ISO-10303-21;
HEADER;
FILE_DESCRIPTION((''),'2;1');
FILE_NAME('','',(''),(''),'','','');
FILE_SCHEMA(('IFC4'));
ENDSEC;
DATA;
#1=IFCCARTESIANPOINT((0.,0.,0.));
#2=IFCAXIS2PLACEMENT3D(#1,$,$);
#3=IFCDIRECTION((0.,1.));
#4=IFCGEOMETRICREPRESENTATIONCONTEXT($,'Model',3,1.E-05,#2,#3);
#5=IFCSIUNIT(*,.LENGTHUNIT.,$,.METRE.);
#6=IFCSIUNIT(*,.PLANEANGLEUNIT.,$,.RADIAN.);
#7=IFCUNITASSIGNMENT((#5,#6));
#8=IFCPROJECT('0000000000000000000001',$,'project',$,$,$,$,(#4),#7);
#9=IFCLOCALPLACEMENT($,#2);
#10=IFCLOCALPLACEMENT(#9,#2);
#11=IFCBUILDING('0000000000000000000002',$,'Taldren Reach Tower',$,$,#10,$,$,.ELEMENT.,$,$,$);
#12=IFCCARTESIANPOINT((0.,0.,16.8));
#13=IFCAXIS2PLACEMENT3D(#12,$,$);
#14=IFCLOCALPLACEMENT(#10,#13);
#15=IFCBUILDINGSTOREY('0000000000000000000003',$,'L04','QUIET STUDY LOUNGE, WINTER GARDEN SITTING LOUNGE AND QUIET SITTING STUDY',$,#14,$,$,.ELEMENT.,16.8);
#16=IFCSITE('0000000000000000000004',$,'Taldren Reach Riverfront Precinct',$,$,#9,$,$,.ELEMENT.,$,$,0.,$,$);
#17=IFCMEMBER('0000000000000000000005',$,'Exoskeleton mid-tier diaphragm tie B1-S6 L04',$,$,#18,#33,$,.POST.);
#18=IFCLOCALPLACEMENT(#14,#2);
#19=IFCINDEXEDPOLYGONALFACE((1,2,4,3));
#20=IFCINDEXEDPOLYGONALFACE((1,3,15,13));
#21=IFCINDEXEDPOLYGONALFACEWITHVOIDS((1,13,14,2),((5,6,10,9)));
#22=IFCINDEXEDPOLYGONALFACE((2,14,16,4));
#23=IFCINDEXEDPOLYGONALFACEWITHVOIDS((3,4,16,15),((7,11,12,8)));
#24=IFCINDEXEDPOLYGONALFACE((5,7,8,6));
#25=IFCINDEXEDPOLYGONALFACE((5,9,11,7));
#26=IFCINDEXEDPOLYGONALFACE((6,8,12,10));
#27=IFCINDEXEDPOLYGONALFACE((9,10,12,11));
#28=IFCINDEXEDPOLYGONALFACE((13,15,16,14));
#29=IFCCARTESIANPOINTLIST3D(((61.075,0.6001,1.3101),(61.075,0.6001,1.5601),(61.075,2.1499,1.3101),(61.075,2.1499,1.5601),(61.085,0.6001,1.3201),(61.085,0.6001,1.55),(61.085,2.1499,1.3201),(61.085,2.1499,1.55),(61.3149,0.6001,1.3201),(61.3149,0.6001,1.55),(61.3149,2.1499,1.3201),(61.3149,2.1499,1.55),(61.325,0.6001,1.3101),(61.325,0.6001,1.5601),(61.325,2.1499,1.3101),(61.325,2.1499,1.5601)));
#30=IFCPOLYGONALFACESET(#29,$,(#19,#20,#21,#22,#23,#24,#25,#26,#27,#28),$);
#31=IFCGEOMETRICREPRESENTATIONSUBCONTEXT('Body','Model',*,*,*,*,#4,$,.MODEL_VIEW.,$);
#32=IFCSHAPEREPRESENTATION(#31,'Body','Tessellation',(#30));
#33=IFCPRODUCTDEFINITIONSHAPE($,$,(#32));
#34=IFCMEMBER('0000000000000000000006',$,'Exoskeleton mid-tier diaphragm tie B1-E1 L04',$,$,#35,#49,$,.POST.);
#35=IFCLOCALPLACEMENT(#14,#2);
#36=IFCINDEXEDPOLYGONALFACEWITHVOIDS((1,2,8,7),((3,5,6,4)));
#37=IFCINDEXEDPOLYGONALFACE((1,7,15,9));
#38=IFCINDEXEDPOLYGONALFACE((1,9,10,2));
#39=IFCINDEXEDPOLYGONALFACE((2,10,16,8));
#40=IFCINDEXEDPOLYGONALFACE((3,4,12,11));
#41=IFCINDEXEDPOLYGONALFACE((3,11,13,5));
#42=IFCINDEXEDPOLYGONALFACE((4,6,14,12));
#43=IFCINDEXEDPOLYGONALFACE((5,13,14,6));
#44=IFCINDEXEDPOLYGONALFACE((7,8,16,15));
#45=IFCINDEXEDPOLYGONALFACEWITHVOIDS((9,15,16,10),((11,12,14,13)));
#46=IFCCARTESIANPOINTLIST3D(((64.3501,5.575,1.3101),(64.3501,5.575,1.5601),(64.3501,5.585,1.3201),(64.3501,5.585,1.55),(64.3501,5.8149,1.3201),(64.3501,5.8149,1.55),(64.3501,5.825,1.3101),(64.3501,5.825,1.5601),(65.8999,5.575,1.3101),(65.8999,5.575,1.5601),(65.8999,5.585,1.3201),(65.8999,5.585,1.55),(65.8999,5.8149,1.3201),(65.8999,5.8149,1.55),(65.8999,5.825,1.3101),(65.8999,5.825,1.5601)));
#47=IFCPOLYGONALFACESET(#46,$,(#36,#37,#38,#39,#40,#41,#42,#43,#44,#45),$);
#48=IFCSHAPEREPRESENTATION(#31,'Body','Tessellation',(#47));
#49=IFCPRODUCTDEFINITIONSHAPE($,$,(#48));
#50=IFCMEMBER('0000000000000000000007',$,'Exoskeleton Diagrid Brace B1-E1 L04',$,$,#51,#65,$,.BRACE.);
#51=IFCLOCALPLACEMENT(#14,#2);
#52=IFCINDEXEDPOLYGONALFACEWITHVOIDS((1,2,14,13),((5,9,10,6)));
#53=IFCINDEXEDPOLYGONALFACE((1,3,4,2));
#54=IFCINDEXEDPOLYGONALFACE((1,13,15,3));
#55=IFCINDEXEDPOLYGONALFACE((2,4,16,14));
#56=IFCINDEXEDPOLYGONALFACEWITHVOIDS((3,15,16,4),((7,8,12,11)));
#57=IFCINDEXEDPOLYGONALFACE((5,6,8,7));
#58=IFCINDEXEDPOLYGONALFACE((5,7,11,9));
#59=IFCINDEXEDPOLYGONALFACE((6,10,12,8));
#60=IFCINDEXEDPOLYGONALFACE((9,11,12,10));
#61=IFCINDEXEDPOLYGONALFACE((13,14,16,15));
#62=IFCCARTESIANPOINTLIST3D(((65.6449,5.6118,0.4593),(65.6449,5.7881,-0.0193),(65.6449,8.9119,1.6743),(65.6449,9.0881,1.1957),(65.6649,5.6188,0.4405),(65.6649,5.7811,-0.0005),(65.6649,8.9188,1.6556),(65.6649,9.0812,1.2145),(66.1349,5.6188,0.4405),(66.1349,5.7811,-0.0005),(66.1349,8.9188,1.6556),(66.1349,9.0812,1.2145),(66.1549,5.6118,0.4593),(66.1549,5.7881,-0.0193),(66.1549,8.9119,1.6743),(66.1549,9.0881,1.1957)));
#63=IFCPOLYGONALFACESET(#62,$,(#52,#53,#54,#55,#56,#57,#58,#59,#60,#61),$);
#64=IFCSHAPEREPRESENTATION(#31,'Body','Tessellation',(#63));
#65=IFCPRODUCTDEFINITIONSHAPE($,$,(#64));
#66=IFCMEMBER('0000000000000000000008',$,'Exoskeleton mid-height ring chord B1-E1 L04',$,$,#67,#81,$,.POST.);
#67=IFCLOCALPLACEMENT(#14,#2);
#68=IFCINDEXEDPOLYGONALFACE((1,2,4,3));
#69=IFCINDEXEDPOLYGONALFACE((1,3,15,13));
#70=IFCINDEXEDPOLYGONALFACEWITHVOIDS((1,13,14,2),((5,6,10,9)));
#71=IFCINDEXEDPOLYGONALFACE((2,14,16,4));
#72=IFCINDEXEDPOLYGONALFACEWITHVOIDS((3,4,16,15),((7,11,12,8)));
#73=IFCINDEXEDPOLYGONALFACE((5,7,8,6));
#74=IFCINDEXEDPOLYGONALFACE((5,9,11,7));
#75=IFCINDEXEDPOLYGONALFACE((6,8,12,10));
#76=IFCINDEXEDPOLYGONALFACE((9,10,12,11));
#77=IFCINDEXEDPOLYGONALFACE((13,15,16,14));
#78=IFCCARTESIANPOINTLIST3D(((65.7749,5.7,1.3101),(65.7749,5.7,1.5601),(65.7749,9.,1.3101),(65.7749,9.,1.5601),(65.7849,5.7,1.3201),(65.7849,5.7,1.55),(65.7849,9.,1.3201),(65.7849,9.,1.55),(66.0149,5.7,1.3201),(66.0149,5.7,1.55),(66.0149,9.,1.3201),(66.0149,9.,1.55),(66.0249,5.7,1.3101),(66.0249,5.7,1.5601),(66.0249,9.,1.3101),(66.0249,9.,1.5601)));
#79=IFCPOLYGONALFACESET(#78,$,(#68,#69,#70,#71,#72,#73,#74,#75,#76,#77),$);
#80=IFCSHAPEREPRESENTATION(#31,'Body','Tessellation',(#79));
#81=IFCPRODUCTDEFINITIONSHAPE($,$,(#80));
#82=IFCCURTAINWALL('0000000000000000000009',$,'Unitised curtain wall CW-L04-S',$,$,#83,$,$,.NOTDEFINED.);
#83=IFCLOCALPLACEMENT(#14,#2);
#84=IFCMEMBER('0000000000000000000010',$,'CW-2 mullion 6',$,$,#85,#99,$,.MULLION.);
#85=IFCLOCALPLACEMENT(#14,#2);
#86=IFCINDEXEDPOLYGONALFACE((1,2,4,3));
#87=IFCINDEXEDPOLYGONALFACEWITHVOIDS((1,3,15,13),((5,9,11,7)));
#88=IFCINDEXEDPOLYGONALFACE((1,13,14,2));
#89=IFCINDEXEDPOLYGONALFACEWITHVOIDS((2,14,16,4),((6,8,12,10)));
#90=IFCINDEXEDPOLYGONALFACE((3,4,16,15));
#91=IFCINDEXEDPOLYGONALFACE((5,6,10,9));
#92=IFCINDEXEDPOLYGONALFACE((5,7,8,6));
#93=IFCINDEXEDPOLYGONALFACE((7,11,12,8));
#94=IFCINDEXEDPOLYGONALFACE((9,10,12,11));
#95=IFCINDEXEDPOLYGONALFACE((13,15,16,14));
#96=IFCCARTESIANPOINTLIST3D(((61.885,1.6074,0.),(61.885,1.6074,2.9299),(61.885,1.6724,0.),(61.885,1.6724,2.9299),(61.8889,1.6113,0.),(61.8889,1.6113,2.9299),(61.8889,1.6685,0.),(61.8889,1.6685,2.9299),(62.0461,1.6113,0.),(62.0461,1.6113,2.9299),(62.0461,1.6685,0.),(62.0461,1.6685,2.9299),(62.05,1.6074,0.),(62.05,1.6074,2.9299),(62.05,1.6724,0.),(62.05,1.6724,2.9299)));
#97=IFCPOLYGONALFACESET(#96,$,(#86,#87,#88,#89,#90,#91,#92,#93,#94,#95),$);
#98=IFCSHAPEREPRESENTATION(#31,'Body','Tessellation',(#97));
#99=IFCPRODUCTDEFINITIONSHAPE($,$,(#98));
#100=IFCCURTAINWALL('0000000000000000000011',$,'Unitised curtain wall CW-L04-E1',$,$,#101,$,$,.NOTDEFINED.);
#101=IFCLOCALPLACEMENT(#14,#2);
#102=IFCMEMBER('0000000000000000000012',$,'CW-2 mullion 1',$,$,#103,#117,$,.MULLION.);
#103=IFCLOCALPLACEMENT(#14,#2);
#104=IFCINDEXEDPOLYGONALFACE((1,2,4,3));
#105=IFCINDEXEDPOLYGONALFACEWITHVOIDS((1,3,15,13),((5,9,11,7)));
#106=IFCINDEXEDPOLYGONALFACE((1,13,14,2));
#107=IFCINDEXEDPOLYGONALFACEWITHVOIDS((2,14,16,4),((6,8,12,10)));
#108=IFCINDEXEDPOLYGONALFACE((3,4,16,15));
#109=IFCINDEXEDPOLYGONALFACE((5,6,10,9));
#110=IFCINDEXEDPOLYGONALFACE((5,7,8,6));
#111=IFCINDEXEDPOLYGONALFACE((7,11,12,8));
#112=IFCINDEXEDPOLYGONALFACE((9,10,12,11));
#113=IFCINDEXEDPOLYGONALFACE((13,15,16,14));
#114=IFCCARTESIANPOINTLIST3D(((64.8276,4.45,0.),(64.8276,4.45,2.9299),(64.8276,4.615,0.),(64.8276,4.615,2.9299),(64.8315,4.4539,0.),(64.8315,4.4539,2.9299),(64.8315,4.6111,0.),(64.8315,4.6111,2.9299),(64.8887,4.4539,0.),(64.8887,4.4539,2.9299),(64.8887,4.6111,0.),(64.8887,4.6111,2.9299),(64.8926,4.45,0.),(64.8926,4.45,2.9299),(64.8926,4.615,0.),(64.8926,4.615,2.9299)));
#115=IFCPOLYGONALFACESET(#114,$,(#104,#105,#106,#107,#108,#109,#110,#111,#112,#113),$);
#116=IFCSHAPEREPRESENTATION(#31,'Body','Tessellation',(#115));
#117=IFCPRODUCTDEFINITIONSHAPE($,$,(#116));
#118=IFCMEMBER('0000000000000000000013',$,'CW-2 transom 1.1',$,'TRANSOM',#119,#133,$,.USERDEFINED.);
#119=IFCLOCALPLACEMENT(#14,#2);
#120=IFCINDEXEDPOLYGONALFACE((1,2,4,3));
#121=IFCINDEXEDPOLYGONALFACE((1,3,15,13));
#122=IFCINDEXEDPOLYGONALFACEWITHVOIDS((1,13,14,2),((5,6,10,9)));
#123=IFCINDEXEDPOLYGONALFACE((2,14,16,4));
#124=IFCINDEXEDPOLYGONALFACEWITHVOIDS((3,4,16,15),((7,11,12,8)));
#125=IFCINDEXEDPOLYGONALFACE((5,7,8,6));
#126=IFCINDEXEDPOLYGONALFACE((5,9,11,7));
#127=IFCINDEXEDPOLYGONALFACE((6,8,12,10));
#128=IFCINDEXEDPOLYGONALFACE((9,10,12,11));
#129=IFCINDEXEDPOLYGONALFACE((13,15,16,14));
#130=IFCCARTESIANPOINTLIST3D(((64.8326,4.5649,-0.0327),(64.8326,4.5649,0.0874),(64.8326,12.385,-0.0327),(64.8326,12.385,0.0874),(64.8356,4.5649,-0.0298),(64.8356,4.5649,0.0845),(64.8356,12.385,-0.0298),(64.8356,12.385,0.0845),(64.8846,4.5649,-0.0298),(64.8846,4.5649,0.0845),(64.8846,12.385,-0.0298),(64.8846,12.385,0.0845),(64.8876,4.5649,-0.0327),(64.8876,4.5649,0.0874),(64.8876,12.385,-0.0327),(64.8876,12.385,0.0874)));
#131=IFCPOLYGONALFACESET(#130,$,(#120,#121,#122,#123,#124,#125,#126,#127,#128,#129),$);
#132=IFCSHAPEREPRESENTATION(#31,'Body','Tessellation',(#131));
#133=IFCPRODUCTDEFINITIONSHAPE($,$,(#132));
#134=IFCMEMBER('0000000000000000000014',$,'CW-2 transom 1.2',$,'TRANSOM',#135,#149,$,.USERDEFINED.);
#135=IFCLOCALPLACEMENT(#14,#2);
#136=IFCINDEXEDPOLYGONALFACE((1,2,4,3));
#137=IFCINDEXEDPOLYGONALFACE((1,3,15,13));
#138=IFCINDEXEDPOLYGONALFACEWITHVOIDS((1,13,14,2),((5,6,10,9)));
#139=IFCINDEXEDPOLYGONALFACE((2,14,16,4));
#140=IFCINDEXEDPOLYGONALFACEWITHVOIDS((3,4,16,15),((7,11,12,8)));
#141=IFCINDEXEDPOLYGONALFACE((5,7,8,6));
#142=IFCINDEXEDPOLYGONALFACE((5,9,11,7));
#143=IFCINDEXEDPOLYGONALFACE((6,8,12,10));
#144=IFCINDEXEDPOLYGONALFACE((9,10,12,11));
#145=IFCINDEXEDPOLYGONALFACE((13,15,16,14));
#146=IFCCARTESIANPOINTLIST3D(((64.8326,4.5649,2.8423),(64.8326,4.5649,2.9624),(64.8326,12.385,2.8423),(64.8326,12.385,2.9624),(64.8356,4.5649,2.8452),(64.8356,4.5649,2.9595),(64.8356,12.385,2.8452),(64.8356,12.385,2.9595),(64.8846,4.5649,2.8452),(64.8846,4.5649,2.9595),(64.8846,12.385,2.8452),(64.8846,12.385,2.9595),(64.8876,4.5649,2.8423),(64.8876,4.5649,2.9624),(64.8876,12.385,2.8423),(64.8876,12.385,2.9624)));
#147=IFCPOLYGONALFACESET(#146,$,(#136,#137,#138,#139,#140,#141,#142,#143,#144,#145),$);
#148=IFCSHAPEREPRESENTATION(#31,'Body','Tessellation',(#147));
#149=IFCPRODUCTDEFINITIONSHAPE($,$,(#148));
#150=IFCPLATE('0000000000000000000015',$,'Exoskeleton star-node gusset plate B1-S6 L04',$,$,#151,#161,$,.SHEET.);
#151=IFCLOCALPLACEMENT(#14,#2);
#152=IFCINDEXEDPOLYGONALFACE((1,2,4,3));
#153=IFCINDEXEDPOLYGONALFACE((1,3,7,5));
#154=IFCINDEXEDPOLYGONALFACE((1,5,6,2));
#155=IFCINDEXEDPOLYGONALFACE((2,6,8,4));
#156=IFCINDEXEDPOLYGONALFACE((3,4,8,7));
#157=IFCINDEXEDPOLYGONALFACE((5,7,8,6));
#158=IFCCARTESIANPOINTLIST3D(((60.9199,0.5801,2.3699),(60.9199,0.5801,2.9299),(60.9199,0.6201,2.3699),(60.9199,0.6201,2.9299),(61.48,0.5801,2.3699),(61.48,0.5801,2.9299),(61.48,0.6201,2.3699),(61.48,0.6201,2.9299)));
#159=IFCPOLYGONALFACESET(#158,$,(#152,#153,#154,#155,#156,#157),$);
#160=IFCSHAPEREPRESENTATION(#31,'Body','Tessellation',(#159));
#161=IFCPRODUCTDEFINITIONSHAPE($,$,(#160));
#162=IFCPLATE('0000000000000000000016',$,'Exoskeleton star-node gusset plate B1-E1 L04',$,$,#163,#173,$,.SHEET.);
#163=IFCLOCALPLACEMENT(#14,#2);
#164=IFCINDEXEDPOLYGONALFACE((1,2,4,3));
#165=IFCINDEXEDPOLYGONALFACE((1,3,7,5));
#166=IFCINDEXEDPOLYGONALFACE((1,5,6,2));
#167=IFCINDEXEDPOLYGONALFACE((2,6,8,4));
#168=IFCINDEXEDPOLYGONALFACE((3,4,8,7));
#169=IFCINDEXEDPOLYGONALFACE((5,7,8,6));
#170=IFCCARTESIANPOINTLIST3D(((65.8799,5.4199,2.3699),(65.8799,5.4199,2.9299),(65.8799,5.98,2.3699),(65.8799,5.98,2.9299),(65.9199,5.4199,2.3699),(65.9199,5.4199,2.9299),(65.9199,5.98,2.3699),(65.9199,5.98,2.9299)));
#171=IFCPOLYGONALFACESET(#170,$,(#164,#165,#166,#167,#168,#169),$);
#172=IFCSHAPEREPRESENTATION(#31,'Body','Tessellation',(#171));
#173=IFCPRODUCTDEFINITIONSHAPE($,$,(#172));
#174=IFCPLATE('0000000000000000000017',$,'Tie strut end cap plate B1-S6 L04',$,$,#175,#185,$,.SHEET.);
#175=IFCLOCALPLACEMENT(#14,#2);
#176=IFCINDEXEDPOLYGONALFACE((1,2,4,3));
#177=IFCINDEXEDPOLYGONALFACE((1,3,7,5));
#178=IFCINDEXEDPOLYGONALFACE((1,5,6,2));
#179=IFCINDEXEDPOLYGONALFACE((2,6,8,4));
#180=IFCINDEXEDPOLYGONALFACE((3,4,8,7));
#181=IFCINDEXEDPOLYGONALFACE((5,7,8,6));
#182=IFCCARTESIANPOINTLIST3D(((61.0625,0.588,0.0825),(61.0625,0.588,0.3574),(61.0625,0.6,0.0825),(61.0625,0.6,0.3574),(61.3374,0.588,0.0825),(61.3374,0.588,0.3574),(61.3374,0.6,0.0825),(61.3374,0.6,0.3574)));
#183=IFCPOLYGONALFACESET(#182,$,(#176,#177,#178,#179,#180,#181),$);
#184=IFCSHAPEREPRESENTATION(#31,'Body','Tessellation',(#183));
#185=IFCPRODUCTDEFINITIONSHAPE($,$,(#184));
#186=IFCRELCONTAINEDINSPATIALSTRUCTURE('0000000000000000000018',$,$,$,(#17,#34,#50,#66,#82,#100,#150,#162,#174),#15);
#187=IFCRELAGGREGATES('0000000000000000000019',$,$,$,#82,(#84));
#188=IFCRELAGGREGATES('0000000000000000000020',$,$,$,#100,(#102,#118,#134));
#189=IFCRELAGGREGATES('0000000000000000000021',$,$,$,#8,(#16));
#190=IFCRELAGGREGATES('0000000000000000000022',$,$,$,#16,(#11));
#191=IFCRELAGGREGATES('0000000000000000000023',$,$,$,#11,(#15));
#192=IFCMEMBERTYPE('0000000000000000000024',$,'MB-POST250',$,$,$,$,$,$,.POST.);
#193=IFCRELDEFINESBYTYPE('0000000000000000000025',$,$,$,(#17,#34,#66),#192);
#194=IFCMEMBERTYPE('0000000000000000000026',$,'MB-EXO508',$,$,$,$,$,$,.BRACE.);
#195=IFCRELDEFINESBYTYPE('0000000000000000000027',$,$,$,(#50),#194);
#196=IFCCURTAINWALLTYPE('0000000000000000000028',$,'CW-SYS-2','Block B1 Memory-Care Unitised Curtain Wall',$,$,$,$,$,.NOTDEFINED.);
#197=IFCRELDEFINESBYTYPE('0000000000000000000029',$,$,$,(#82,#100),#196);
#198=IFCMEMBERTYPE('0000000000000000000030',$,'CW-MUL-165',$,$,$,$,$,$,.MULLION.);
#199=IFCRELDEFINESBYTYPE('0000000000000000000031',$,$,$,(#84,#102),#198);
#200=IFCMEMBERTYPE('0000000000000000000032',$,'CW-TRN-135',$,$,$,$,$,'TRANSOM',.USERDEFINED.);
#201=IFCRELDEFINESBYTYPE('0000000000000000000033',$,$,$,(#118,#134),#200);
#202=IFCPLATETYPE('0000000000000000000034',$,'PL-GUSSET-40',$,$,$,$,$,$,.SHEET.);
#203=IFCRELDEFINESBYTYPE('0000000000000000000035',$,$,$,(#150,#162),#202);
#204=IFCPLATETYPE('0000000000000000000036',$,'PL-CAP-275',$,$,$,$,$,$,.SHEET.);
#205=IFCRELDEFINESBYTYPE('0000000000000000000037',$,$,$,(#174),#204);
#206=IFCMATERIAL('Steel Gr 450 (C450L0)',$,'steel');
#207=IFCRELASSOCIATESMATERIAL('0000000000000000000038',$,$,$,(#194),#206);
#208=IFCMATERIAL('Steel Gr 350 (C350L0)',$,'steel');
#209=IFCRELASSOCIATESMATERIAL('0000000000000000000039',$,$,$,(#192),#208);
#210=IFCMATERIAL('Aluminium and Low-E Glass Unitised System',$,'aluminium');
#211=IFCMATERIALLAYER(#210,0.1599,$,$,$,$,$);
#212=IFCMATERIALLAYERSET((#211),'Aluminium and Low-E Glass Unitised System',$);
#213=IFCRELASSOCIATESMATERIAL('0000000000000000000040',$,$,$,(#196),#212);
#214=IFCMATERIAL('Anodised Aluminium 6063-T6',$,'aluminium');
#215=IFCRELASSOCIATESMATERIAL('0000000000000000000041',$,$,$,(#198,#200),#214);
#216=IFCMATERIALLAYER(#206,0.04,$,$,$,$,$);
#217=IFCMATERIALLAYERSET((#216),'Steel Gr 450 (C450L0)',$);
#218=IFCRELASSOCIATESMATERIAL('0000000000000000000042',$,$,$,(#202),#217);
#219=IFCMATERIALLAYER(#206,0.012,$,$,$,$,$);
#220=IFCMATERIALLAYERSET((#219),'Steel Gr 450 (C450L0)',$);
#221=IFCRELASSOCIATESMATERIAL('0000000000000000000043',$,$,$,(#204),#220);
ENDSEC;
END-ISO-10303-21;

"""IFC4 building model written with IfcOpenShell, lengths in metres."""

from ifc_helpers import new_model, si_unit, direction, frame, origin, origin_2d, place, context, subcontext, project, spatial, rectangle, hollow_rectangle, extrude, source, transform, mapped, material, layer, layer_set, material_profile, profile_set, type_object, element, aggregate, save


model = new_model("IFC4")

# Units and contexts
model_context = context("Model", 3, precision=1e-05, world=origin(), true_north=direction((0.0, 1.0)))
body_context = subcontext(model_context, "Body", "Model", "MODEL_VIEW")
ifc_project = project(units=[si_unit("LENGTHUNIT", "METRE"), si_unit("PLANEANGLEUNIT", "RADIAN")], contexts=[model_context])

# Site, building, storey
site_placement = place(None, origin())
site = spatial("IfcSite", under=ifc_project, at=site_placement, Name="Taldren Reach Riverfront Precinct", CompositionType="ELEMENT", RefElevation=0.0)
building_placement = place(site_placement, origin())
building = spatial("IfcBuilding", under=site, at=building_placement, Name="Taldren Reach Tower", CompositionType="ELEMENT")
storey_placement = place(building_placement, frame((0.0, 0.0, 16.8)))
storey = spatial("IfcBuildingStorey", under=building, at=storey_placement, Name="L04", Description="QUIET STUDY LOUNGE, WINTER GARDEN SITTING LOUNGE AND QUIET SITTING STUDY", CompositionType="ELEMENT", Elevation=16.8)

# Members
ifc_material_1 = material(Name="Steel Gr 450 (C450L0)", Category="steel")
ifc_material_profile_1 = material_profile(ifc_material_1, hollow_rectangle(XDim=0.51, YDim=0.51, WallThickness=0.02, at=origin_2d()), Name="510x510x20.0SHS")
ifc_profile_set_1 = profile_set([ifc_material_profile_1], Name="Steel Gr 450 (C450L0)")
member_type_1 = type_object("IfcMemberType", Name="MB-EXO508", PredefinedType="BRACE", material=ifc_profile_set_1)
ifc_material_2 = material(Name="Steel Gr 350 (C350L0)", Category="steel")
ifc_material_profile_2 = material_profile(ifc_material_2, hollow_rectangle(XDim=0.25, YDim=0.25, WallThickness=0.01, at=origin_2d()), Name="250x250x10.0SHS")
ifc_profile_set_2 = profile_set([ifc_material_profile_2], Name="Steel Gr 350 (C350L0)")
member_type_2 = type_object("IfcMemberType", Name="MB-POST250", PredefinedType="POST", material=ifc_profile_set_2)
shared_shape_1 = source(origin(), body_context, "Body", "SweptSolid", [
    extrude(hollow_rectangle(XDim=0.25, YDim=0.25, WallThickness=0.01, at=origin_2d()), origin(), (0.0, 0.0, 1.0), 1.5498),
])
for number, where, z_axis, x_axis, name in (
    (1, (61.2, 2.1499, 1.4351), (0.0, -1.0, 0.0), (1.0, 0.0, 0.0), "Exoskeleton mid-tier diaphragm tie B1-S6 L04"),
    (2, (64.3501, 5.7, 1.4351), (1.0, 0.0, 0.0), (0.0, 1.0, 0.0), "Exoskeleton mid-tier diaphragm tie B1-E1 L04"),
):
    element("IfcMember", number, at=place(storey_placement, frame(where, z_axis=z_axis, x_axis=x_axis)), inside=storey, type_object=member_type_2, Name=name, PredefinedType="POST", context=body_context, shape_type="MappedRepresentation", body=[
        mapped(shared_shape_1, transform((0.0, 0.0, 0.0), scale=1.0)),
    ])
shared_shape_2 = source(origin(), body_context, "Body", "SweptSolid", [
    extrude(hollow_rectangle(XDim=0.51, YDim=0.51, WallThickness=0.02, at=origin_2d()), origin(), (0.0, 0.0, 1.0), 3.5166),
])
member_1_placement = place(storey_placement, frame((65.8999, 5.7, 0.22), z_axis=(0.0, 0.938409, 0.345525), x_axis=(-1.0, 0.0, 0.0)))
element("IfcMember", 3, at=member_1_placement, inside=storey, type_object=member_type_1, Name="Exoskeleton Diagrid Brace B1-E1 L04", PredefinedType="BRACE", context=body_context, shape_type="MappedRepresentation", body=[
    mapped(shared_shape_2, transform((0.0, 0.0, 0.0), scale=1.0)),
])
shared_shape_3 = source(origin(), body_context, "Body", "SweptSolid", [
    extrude(hollow_rectangle(XDim=0.25, YDim=0.25, WallThickness=0.01, at=origin_2d()), origin(), (0.0, 0.0, 1.0), 3.3),
])
member_2_placement = place(storey_placement, frame((65.8999, 5.7, 1.4351), z_axis=(0.0, 1.0, 0.0), x_axis=(-1.0, 0.0, 0.0)))
element("IfcMember", 4, at=member_2_placement, inside=storey, type_object=member_type_2, Name="Exoskeleton mid-height ring chord B1-E1 L04", PredefinedType="POST", context=body_context, shape_type="MappedRepresentation", body=[
    mapped(shared_shape_3, transform((0.0, 0.0, 0.0), scale=1.0)),
])

# Curtain wall, member
ifc_material_3 = material(Name="Aluminium and Low-E Glass Unitised System", Category="aluminium")
ifc_layer_1 = layer(ifc_material_3, 0.1599)
ifc_layer_set_1 = layer_set([ifc_layer_1], Name="Aluminium and Low-E Glass Unitised System")
curtain_wall_type = type_object("IfcCurtainWallType", Name="CW-SYS-2", Description="Block B1 Memory-Care Unitised Curtain Wall", PredefinedType="NOTDEFINED", material=ifc_layer_set_1)
curtain_wall_1_placement = place(storey_placement, origin())
curtain_wall_1 = element("IfcCurtainWall", 5, at=curtain_wall_1_placement, inside=storey, type_object=curtain_wall_type, Name="Unitised curtain wall CW-L04-S", PredefinedType="NOTDEFINED")
ifc_material_4 = material(Name="Anodised Aluminium 6063-T6", Category="aluminium")
ifc_material_profile_3 = material_profile(ifc_material_4, hollow_rectangle(XDim=0.0649, YDim=0.165, WallThickness=0.0039, at=origin_2d()), Name="ALU-165x65x4RHS")
ifc_profile_set_3 = profile_set([ifc_material_profile_3], Name="Anodised Aluminium 6063-T6")
member_type_3 = type_object("IfcMemberType", Name="CW-MUL-165", PredefinedType="MULLION", material=ifc_profile_set_3)
shared_shape_4 = source(origin(), body_context, "Body", "SweptSolid", [
    extrude(hollow_rectangle(XDim=0.0649, YDim=0.165, WallThickness=0.0039, at=origin_2d()), origin(), (0.0, 0.0, 1.0), 2.9299),
])
member_3_placement = place(storey_placement, frame((61.9675, 1.6399, 0.0), z_axis=(0.0, 0.0, 1.0), x_axis=(0.0, 1.0, 0.0)))
member_3 = element("IfcMember", 6, at=member_3_placement, type_object=member_type_3, Name="CW-2 mullion 6", PredefinedType="MULLION", context=body_context, shape_type="MappedRepresentation", body=[
    mapped(shared_shape_4, transform((0.0, 0.0, 0.0), scale=1.0)),
])

# Curtain wall, members
curtain_wall_2_placement = place(storey_placement, origin())
curtain_wall_2 = element("IfcCurtainWall", 7, at=curtain_wall_2_placement, inside=storey, type_object=curtain_wall_type, Name="Unitised curtain wall CW-L04-E1", PredefinedType="NOTDEFINED")
member_4_placement = place(storey_placement, frame((64.8601, 4.5325, 0.0), z_axis=(0.0, 0.0, 1.0), x_axis=(-1.0, 0.0, 0.0)))
member_4 = element("IfcMember", 8, at=member_4_placement, type_object=member_type_3, Name="CW-2 mullion 1", PredefinedType="MULLION", context=body_context, shape_type="MappedRepresentation", body=[
    mapped(shared_shape_4, transform((0.0, 0.0, 0.0), scale=1.0)),
])
ifc_material_profile_4 = material_profile(ifc_material_4, hollow_rectangle(XDim=0.0549, YDim=0.1201, WallThickness=0.0029, at=origin_2d()), Name="ALU-120x55x3RHS")
ifc_profile_set_4 = profile_set([ifc_material_profile_4], Name="Anodised Aluminium 6063-T6")
member_type_4 = type_object("IfcMemberType", Name="CW-TRN-135", ElementType="TRANSOM", PredefinedType="USERDEFINED", material=ifc_profile_set_4)
shared_shape_5 = source(origin(), body_context, "Body", "SweptSolid", [
    extrude(hollow_rectangle(XDim=0.0549, YDim=0.1201, WallThickness=0.0029, at=origin_2d()), origin(), (0.0, 0.0, 1.0), 7.8201),
])
member_5_placement = place(storey_placement, frame((64.8601, 4.5649, 0.0273), z_axis=(0.0, 1.0, 0.0), x_axis=(-1.0, 0.0, 0.0)))
member_5 = element("IfcMember", 9, at=member_5_placement, type_object=member_type_4, Name="CW-2 transom 1.1", ObjectType="TRANSOM", PredefinedType="USERDEFINED", context=body_context, shape_type="MappedRepresentation", body=[
    mapped(shared_shape_5, transform((0.0, 0.0, 0.0), scale=1.0)),
])
member_6_placement = place(storey_placement, frame((64.8601, 4.5649, 2.9023), z_axis=(0.0, 1.0, 0.0), x_axis=(-1.0, 0.0, 0.0)))
member_6 = element("IfcMember", 10, at=member_6_placement, type_object=member_type_4, Name="CW-2 transom 1.2", ObjectType="TRANSOM", PredefinedType="USERDEFINED", context=body_context, shape_type="MappedRepresentation", body=[
    mapped(shared_shape_5, transform((0.0, 0.0, 0.0), scale=1.0)),
])

# Plates
ifc_layer_2 = layer(ifc_material_1, 0.04)
ifc_layer_set_2 = layer_set([ifc_layer_2], Name="Steel Gr 450 (C450L0)")
plate_type_1 = type_object("IfcPlateType", Name="PL-GUSSET-40", PredefinedType="SHEET", material=ifc_layer_set_2)
shared_shape_6 = source(origin(), body_context, "Body", "SweptSolid", [
    extrude(rectangle(XDim=0.5601, YDim=0.04, at=origin_2d()), origin(), (0.0, 0.0, 1.0), 0.5601),
])
for number, where, z_axis, x_axis, name in (
    (11, (61.2, 0.6001, 2.3699), (0.0, 0.0, 1.0), (1.0, 0.0, 0.0), "Exoskeleton star-node gusset plate B1-S6 L04"),
    (12, (65.8999, 5.7, 2.3699), (0.0, 0.0, 1.0), (0.0, 1.0, 0.0), "Exoskeleton star-node gusset plate B1-E1 L04"),
):
    element("IfcPlate", number, at=place(storey_placement, frame(where, z_axis=z_axis, x_axis=x_axis)), inside=storey, type_object=plate_type_1, Name=name, PredefinedType="SHEET", context=body_context, shape_type="MappedRepresentation", body=[
        mapped(shared_shape_6, transform((0.0, 0.0, 0.0), scale=1.0)),
    ])
ifc_layer_3 = layer(ifc_material_1, 0.012)
ifc_layer_set_3 = layer_set([ifc_layer_3], Name="Steel Gr 450 (C450L0)")
plate_type_2 = type_object("IfcPlateType", Name="PL-CAP-275", PredefinedType="SHEET", material=ifc_layer_set_3)
shared_shape_7 = source(origin(), body_context, "Body", "SweptSolid", [
    extrude(rectangle(XDim=0.2749, YDim=0.012, at=origin_2d()), origin(), (0.0, 0.0, 1.0), 0.2749),
])
plate_1_placement = place(storey_placement, frame((61.2, 0.594, 0.0825), z_axis=(0.0, 0.0, 1.0), x_axis=(1.0, 0.0, 0.0)))
element("IfcPlate", 13, at=plate_1_placement, inside=storey, type_object=plate_type_2, Name="Tie strut end cap plate B1-S6 L04", PredefinedType="SHEET", context=body_context, shape_type="MappedRepresentation", body=[
    mapped(shared_shape_7, transform((0.0, 0.0, 0.0), scale=1.0)),
])

aggregate(curtain_wall_1, [member_3])
aggregate(curtain_wall_2, [member_4, member_5, member_6])

save(model, "model.ifc")
